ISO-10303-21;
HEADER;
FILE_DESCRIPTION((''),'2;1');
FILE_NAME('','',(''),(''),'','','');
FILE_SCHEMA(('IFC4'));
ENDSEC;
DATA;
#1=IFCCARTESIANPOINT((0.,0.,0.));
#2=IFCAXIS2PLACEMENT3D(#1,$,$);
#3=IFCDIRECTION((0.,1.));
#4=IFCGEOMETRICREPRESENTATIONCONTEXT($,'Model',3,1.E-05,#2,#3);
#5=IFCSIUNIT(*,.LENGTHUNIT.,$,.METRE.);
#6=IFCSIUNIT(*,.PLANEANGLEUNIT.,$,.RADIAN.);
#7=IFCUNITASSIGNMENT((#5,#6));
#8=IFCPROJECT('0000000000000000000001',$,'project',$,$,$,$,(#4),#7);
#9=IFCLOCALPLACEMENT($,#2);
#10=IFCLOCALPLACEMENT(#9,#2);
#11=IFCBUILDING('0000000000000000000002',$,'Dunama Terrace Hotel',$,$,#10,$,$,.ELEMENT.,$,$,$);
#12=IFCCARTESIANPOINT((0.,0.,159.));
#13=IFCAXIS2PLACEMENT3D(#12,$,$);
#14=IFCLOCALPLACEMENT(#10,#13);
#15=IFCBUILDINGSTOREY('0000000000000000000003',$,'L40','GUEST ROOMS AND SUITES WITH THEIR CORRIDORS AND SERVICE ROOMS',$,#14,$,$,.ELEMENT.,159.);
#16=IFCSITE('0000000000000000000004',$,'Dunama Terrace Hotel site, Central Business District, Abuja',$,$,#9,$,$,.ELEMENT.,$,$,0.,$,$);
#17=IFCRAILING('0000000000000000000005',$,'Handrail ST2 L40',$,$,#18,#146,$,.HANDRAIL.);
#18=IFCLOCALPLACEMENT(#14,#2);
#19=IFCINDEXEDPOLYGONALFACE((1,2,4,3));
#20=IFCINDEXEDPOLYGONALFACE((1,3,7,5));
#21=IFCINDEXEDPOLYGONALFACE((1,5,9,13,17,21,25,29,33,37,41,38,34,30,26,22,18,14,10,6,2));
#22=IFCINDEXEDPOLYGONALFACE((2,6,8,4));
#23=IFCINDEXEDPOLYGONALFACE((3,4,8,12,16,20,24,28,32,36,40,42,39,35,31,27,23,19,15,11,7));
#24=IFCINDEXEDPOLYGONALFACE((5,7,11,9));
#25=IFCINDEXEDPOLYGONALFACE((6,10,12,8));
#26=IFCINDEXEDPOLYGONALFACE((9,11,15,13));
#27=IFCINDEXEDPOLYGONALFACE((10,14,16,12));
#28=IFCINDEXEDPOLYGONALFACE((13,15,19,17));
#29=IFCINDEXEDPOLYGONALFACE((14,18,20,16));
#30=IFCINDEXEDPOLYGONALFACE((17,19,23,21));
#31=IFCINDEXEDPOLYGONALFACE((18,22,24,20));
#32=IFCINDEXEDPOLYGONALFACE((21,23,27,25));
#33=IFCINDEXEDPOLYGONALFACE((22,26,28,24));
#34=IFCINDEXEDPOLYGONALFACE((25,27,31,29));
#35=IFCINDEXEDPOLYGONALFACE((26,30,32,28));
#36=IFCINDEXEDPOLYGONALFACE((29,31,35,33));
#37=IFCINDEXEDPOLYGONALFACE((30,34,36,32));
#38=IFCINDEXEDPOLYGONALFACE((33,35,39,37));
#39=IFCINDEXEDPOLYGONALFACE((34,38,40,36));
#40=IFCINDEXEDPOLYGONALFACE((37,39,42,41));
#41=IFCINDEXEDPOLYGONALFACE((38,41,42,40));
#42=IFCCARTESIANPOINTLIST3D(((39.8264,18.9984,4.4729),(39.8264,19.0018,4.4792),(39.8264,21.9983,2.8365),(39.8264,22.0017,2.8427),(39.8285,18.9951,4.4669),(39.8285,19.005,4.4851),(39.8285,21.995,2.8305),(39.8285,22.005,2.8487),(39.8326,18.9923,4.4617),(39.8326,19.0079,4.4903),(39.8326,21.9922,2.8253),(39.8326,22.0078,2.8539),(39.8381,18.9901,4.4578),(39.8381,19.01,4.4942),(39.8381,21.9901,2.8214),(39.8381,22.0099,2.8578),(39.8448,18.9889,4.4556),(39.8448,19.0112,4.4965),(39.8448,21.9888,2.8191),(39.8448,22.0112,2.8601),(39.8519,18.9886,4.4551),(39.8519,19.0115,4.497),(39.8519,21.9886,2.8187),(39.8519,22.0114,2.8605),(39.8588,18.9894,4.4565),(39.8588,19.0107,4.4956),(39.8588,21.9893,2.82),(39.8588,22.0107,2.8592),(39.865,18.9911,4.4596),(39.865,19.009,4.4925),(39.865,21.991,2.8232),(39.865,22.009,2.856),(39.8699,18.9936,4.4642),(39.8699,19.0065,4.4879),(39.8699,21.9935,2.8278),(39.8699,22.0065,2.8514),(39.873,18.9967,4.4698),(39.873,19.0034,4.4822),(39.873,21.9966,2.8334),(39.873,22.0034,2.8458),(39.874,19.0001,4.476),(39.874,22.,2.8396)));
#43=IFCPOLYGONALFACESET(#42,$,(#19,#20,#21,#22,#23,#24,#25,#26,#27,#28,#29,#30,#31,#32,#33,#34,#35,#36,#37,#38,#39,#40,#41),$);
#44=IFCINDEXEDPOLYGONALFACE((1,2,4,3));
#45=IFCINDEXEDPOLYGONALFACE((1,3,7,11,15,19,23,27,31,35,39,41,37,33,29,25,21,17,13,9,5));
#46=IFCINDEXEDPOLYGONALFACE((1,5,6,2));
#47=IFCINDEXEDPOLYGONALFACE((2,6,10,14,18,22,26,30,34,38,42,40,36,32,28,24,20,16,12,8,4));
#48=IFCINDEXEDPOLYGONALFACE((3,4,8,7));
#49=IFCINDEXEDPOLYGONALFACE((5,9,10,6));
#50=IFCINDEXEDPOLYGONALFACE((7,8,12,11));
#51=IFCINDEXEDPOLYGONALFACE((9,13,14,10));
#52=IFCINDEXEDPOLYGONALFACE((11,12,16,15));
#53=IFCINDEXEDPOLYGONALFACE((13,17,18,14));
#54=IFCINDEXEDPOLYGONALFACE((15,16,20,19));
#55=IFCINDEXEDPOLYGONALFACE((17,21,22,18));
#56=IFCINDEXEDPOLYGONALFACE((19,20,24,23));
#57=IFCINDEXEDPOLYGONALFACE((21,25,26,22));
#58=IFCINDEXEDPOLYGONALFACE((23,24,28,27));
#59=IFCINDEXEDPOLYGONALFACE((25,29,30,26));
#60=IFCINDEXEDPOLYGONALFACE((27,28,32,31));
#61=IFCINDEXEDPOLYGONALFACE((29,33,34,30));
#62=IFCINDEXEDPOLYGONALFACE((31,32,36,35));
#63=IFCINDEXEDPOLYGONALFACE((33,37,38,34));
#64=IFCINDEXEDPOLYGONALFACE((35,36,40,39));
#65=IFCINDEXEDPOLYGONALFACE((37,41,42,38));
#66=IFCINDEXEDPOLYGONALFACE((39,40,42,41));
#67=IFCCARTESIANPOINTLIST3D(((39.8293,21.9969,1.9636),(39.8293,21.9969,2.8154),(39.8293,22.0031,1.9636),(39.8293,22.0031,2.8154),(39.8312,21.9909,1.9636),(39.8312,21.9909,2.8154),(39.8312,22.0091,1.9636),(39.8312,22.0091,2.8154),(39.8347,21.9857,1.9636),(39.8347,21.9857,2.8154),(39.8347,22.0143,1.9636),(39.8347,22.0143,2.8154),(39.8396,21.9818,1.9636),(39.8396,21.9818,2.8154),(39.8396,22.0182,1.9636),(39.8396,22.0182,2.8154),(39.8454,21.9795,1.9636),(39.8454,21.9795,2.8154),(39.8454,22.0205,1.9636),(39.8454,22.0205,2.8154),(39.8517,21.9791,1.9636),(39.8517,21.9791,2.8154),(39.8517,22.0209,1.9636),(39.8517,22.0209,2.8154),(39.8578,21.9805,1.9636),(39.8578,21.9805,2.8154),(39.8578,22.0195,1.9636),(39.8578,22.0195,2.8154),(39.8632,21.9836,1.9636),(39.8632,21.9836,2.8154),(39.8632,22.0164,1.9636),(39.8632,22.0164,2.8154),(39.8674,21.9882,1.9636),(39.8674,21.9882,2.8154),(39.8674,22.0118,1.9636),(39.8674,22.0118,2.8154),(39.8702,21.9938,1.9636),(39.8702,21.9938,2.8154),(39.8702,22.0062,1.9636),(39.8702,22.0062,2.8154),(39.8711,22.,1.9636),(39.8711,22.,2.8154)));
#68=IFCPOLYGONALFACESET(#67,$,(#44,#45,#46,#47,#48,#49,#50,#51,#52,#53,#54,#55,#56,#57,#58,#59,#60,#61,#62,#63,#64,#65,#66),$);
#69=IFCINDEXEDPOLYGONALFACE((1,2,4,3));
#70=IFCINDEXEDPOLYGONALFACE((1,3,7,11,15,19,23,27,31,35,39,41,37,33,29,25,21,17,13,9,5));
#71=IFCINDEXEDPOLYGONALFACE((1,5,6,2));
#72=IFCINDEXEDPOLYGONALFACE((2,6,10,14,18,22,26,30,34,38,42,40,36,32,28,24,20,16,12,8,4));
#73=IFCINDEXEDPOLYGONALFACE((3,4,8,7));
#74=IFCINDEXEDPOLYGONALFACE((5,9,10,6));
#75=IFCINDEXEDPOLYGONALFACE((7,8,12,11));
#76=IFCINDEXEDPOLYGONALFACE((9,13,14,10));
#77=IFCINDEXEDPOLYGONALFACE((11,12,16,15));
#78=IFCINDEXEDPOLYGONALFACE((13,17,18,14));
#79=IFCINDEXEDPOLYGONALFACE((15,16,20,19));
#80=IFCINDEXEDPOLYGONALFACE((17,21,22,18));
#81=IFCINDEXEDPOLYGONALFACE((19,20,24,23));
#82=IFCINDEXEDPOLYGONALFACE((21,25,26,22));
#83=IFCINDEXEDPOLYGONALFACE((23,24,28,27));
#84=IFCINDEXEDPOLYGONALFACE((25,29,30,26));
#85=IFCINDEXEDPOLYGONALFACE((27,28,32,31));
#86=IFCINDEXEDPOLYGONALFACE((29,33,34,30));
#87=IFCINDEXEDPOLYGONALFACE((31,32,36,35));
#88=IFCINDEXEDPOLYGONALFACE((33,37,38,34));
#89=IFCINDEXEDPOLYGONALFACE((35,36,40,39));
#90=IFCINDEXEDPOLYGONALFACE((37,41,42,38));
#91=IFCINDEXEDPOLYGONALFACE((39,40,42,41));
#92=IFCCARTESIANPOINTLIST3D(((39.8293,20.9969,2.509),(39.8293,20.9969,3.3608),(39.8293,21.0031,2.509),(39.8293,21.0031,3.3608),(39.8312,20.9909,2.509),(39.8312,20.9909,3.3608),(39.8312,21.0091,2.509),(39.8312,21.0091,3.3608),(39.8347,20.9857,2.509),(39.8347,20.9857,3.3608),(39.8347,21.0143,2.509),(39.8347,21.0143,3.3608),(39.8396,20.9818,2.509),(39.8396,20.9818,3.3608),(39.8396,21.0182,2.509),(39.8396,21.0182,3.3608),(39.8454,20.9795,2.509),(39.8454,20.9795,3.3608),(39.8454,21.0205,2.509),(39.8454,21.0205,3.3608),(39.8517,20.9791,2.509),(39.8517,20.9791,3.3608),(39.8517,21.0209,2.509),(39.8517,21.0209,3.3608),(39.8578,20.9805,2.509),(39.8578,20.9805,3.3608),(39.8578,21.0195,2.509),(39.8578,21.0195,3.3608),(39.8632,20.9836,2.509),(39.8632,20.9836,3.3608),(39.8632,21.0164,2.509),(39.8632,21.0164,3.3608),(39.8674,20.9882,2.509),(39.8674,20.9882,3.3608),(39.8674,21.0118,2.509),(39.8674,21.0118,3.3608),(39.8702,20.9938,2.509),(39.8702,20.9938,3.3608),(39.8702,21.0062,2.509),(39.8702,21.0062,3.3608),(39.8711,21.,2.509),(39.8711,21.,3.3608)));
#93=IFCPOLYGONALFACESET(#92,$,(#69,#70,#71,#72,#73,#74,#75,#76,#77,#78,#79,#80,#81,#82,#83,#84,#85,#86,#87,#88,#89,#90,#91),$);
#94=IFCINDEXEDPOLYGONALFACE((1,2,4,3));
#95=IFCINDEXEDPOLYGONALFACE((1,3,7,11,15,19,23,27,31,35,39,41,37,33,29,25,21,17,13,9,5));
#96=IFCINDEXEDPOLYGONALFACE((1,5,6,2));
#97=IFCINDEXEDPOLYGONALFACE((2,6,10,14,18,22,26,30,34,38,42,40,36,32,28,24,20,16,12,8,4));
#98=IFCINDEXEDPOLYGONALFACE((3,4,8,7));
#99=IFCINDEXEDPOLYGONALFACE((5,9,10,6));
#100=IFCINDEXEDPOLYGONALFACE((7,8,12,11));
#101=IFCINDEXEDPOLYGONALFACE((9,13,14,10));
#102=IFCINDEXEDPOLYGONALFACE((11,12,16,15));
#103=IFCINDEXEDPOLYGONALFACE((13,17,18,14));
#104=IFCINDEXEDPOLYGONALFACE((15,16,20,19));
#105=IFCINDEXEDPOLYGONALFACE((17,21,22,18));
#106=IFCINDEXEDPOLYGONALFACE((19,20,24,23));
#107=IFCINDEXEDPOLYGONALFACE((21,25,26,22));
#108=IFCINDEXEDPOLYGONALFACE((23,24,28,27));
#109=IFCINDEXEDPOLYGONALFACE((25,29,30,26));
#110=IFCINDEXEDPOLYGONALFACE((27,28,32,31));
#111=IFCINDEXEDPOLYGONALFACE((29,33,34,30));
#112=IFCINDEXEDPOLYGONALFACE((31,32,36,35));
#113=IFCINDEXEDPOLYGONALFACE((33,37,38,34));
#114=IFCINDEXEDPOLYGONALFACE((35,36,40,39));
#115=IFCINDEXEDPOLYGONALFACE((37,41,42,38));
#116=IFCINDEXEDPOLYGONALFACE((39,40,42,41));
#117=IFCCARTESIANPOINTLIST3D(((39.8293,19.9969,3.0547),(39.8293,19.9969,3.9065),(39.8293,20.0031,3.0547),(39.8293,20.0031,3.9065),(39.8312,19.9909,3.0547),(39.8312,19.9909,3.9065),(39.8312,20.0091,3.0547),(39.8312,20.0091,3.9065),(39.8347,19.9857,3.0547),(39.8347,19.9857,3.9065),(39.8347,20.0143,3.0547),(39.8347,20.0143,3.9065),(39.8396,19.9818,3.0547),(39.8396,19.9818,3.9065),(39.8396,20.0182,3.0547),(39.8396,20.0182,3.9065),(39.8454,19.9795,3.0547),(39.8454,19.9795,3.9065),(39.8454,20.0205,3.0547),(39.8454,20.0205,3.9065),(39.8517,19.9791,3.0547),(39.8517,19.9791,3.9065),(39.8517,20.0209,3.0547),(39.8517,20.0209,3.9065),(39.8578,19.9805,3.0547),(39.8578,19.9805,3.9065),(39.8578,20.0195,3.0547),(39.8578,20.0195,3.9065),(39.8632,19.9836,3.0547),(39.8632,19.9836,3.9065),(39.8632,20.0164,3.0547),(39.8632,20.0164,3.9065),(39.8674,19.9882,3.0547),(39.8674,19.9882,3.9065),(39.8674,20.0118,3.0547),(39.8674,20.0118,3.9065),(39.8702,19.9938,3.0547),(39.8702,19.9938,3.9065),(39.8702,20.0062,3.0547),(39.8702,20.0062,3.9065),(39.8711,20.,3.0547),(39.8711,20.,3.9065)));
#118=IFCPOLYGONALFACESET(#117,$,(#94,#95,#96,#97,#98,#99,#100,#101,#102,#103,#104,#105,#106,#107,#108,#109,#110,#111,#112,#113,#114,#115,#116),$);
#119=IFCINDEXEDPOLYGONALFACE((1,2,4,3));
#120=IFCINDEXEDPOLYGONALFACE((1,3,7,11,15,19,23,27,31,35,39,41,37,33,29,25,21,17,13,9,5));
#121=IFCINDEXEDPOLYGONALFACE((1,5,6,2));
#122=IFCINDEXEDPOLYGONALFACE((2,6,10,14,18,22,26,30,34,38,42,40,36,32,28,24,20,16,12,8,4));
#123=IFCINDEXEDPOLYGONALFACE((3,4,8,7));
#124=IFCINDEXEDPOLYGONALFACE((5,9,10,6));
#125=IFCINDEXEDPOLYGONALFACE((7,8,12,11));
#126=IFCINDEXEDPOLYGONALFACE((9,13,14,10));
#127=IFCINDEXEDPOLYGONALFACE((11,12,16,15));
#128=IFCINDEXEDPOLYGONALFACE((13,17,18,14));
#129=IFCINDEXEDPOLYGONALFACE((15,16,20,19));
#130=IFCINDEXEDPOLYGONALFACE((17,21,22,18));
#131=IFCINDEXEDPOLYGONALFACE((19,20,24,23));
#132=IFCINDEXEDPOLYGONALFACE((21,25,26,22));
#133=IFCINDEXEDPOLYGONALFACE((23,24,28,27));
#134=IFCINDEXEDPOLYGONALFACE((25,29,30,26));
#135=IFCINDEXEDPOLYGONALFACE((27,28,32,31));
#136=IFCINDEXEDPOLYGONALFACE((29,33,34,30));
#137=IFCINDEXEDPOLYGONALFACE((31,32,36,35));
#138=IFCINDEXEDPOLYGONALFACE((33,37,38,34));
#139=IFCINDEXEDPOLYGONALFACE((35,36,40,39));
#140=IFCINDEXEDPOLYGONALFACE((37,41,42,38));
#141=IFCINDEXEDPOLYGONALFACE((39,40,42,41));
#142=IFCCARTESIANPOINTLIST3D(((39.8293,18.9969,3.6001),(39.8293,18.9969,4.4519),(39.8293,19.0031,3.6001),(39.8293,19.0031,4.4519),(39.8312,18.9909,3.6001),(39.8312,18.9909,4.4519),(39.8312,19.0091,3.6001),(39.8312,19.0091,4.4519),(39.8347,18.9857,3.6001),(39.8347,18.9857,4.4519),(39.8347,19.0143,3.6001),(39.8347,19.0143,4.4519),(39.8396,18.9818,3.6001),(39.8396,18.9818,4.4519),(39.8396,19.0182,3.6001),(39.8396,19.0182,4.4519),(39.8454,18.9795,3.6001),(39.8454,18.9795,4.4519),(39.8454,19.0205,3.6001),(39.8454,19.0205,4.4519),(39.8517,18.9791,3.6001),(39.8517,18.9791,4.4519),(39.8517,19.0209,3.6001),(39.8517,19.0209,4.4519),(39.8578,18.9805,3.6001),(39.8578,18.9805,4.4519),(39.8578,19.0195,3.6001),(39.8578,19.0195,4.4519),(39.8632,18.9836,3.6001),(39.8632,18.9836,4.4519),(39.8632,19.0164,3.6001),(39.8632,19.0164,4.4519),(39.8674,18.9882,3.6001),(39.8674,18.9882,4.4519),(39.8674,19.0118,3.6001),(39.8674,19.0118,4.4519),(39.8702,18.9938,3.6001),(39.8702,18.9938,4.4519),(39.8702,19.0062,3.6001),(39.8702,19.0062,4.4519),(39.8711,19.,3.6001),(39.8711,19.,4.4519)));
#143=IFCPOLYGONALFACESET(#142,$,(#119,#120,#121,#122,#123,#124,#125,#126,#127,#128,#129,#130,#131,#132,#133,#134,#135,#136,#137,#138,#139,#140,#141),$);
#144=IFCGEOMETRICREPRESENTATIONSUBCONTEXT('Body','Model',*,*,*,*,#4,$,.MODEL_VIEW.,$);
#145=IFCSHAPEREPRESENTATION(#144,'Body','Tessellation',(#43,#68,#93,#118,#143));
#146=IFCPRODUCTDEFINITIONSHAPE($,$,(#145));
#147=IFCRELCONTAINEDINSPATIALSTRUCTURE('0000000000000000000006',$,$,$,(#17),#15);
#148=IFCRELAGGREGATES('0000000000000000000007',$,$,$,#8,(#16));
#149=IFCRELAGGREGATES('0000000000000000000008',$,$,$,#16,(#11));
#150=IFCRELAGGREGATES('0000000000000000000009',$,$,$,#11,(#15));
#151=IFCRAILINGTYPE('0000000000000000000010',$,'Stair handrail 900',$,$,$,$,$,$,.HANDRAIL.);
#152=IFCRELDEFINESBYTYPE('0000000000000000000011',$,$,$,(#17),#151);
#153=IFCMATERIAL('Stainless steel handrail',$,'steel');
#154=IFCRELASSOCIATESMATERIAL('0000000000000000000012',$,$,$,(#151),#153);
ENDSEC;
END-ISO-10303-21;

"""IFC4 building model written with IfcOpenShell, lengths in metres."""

from ifc_helpers import new_model, si_unit, direction, frame, origin, origin_2d, place, context, subcontext, project, spatial, circle, extrude, material, type_object, element, save


model = new_model("IFC4")

# Units and contexts
model_context = context("Model", 3, precision=1e-05, world=origin(), true_north=direction((0.0, 1.0)))
body_context = subcontext(model_context, "Body", "Model", "MODEL_VIEW")
ifc_project = project(units=[si_unit("LENGTHUNIT", "METRE"), si_unit("PLANEANGLEUNIT", "RADIAN")], contexts=[model_context])

# Site, building, storey
site_placement = place(None, origin())
site = spatial("IfcSite", under=ifc_project, at=site_placement, Name="Dunama Terrace Hotel site, Central Business District, Abuja", CompositionType="ELEMENT", RefElevation=0.0)
building_placement = place(site_placement, origin())
building = spatial("IfcBuilding", under=site, at=building_placement, Name="Dunama Terrace Hotel", CompositionType="ELEMENT")
storey_placement = place(building_placement, frame((0.0, 0.0, 159.0)))
storey = spatial("IfcBuildingStorey", under=building, at=storey_placement, Name="L40", Description="GUEST ROOMS AND SUITES WITH THEIR CORRIDORS AND SERVICE ROOMS", CompositionType="ELEMENT", Elevation=159.0)

# Railing
ifc_material_1 = material(Name="Stainless steel handrail", Category="steel")
railing_type = type_object("IfcRailingType", Name="Stair handrail 900", PredefinedType="HANDRAIL", material=ifc_material_1)
railing_1_placement = place(storey_placement, frame((39.8501, 22.0, 1.9636)))
element("IfcRailing", 1, at=railing_1_placement, inside=storey, type_object=railing_type, Name="Handrail ST2 L40", PredefinedType="HANDRAIL", context=body_context, shape_type="SweptSolid", body=[
    extrude(circle(Radius=0.0239, at=origin_2d()), frame((0.0, 0.0, 0.876), z_axis=(0.0, -0.877882, 0.478877), x_axis=(1.0, 0.0, 0.0)), (0.0, 0.0, 1.0), 3.4172),
    extrude(circle(Radius=0.021, at=origin_2d()), origin(), (0.0, 0.0, 1.0), 0.8518),
    extrude(circle(Radius=0.021, at=origin_2d()), frame((0.0, -1.0, 0.5454)), (0.0, 0.0, 1.0), 0.8518),
    extrude(circle(Radius=0.021, at=origin_2d()), frame((0.0, -2.0, 1.0911)), (0.0, 0.0, 1.0), 0.8518),
    extrude(circle(Radius=0.021, at=origin_2d()), frame((0.0, -3.0, 1.6365)), (0.0, 0.0, 1.0), 0.8518),
])

save(model, "model.ifc")
